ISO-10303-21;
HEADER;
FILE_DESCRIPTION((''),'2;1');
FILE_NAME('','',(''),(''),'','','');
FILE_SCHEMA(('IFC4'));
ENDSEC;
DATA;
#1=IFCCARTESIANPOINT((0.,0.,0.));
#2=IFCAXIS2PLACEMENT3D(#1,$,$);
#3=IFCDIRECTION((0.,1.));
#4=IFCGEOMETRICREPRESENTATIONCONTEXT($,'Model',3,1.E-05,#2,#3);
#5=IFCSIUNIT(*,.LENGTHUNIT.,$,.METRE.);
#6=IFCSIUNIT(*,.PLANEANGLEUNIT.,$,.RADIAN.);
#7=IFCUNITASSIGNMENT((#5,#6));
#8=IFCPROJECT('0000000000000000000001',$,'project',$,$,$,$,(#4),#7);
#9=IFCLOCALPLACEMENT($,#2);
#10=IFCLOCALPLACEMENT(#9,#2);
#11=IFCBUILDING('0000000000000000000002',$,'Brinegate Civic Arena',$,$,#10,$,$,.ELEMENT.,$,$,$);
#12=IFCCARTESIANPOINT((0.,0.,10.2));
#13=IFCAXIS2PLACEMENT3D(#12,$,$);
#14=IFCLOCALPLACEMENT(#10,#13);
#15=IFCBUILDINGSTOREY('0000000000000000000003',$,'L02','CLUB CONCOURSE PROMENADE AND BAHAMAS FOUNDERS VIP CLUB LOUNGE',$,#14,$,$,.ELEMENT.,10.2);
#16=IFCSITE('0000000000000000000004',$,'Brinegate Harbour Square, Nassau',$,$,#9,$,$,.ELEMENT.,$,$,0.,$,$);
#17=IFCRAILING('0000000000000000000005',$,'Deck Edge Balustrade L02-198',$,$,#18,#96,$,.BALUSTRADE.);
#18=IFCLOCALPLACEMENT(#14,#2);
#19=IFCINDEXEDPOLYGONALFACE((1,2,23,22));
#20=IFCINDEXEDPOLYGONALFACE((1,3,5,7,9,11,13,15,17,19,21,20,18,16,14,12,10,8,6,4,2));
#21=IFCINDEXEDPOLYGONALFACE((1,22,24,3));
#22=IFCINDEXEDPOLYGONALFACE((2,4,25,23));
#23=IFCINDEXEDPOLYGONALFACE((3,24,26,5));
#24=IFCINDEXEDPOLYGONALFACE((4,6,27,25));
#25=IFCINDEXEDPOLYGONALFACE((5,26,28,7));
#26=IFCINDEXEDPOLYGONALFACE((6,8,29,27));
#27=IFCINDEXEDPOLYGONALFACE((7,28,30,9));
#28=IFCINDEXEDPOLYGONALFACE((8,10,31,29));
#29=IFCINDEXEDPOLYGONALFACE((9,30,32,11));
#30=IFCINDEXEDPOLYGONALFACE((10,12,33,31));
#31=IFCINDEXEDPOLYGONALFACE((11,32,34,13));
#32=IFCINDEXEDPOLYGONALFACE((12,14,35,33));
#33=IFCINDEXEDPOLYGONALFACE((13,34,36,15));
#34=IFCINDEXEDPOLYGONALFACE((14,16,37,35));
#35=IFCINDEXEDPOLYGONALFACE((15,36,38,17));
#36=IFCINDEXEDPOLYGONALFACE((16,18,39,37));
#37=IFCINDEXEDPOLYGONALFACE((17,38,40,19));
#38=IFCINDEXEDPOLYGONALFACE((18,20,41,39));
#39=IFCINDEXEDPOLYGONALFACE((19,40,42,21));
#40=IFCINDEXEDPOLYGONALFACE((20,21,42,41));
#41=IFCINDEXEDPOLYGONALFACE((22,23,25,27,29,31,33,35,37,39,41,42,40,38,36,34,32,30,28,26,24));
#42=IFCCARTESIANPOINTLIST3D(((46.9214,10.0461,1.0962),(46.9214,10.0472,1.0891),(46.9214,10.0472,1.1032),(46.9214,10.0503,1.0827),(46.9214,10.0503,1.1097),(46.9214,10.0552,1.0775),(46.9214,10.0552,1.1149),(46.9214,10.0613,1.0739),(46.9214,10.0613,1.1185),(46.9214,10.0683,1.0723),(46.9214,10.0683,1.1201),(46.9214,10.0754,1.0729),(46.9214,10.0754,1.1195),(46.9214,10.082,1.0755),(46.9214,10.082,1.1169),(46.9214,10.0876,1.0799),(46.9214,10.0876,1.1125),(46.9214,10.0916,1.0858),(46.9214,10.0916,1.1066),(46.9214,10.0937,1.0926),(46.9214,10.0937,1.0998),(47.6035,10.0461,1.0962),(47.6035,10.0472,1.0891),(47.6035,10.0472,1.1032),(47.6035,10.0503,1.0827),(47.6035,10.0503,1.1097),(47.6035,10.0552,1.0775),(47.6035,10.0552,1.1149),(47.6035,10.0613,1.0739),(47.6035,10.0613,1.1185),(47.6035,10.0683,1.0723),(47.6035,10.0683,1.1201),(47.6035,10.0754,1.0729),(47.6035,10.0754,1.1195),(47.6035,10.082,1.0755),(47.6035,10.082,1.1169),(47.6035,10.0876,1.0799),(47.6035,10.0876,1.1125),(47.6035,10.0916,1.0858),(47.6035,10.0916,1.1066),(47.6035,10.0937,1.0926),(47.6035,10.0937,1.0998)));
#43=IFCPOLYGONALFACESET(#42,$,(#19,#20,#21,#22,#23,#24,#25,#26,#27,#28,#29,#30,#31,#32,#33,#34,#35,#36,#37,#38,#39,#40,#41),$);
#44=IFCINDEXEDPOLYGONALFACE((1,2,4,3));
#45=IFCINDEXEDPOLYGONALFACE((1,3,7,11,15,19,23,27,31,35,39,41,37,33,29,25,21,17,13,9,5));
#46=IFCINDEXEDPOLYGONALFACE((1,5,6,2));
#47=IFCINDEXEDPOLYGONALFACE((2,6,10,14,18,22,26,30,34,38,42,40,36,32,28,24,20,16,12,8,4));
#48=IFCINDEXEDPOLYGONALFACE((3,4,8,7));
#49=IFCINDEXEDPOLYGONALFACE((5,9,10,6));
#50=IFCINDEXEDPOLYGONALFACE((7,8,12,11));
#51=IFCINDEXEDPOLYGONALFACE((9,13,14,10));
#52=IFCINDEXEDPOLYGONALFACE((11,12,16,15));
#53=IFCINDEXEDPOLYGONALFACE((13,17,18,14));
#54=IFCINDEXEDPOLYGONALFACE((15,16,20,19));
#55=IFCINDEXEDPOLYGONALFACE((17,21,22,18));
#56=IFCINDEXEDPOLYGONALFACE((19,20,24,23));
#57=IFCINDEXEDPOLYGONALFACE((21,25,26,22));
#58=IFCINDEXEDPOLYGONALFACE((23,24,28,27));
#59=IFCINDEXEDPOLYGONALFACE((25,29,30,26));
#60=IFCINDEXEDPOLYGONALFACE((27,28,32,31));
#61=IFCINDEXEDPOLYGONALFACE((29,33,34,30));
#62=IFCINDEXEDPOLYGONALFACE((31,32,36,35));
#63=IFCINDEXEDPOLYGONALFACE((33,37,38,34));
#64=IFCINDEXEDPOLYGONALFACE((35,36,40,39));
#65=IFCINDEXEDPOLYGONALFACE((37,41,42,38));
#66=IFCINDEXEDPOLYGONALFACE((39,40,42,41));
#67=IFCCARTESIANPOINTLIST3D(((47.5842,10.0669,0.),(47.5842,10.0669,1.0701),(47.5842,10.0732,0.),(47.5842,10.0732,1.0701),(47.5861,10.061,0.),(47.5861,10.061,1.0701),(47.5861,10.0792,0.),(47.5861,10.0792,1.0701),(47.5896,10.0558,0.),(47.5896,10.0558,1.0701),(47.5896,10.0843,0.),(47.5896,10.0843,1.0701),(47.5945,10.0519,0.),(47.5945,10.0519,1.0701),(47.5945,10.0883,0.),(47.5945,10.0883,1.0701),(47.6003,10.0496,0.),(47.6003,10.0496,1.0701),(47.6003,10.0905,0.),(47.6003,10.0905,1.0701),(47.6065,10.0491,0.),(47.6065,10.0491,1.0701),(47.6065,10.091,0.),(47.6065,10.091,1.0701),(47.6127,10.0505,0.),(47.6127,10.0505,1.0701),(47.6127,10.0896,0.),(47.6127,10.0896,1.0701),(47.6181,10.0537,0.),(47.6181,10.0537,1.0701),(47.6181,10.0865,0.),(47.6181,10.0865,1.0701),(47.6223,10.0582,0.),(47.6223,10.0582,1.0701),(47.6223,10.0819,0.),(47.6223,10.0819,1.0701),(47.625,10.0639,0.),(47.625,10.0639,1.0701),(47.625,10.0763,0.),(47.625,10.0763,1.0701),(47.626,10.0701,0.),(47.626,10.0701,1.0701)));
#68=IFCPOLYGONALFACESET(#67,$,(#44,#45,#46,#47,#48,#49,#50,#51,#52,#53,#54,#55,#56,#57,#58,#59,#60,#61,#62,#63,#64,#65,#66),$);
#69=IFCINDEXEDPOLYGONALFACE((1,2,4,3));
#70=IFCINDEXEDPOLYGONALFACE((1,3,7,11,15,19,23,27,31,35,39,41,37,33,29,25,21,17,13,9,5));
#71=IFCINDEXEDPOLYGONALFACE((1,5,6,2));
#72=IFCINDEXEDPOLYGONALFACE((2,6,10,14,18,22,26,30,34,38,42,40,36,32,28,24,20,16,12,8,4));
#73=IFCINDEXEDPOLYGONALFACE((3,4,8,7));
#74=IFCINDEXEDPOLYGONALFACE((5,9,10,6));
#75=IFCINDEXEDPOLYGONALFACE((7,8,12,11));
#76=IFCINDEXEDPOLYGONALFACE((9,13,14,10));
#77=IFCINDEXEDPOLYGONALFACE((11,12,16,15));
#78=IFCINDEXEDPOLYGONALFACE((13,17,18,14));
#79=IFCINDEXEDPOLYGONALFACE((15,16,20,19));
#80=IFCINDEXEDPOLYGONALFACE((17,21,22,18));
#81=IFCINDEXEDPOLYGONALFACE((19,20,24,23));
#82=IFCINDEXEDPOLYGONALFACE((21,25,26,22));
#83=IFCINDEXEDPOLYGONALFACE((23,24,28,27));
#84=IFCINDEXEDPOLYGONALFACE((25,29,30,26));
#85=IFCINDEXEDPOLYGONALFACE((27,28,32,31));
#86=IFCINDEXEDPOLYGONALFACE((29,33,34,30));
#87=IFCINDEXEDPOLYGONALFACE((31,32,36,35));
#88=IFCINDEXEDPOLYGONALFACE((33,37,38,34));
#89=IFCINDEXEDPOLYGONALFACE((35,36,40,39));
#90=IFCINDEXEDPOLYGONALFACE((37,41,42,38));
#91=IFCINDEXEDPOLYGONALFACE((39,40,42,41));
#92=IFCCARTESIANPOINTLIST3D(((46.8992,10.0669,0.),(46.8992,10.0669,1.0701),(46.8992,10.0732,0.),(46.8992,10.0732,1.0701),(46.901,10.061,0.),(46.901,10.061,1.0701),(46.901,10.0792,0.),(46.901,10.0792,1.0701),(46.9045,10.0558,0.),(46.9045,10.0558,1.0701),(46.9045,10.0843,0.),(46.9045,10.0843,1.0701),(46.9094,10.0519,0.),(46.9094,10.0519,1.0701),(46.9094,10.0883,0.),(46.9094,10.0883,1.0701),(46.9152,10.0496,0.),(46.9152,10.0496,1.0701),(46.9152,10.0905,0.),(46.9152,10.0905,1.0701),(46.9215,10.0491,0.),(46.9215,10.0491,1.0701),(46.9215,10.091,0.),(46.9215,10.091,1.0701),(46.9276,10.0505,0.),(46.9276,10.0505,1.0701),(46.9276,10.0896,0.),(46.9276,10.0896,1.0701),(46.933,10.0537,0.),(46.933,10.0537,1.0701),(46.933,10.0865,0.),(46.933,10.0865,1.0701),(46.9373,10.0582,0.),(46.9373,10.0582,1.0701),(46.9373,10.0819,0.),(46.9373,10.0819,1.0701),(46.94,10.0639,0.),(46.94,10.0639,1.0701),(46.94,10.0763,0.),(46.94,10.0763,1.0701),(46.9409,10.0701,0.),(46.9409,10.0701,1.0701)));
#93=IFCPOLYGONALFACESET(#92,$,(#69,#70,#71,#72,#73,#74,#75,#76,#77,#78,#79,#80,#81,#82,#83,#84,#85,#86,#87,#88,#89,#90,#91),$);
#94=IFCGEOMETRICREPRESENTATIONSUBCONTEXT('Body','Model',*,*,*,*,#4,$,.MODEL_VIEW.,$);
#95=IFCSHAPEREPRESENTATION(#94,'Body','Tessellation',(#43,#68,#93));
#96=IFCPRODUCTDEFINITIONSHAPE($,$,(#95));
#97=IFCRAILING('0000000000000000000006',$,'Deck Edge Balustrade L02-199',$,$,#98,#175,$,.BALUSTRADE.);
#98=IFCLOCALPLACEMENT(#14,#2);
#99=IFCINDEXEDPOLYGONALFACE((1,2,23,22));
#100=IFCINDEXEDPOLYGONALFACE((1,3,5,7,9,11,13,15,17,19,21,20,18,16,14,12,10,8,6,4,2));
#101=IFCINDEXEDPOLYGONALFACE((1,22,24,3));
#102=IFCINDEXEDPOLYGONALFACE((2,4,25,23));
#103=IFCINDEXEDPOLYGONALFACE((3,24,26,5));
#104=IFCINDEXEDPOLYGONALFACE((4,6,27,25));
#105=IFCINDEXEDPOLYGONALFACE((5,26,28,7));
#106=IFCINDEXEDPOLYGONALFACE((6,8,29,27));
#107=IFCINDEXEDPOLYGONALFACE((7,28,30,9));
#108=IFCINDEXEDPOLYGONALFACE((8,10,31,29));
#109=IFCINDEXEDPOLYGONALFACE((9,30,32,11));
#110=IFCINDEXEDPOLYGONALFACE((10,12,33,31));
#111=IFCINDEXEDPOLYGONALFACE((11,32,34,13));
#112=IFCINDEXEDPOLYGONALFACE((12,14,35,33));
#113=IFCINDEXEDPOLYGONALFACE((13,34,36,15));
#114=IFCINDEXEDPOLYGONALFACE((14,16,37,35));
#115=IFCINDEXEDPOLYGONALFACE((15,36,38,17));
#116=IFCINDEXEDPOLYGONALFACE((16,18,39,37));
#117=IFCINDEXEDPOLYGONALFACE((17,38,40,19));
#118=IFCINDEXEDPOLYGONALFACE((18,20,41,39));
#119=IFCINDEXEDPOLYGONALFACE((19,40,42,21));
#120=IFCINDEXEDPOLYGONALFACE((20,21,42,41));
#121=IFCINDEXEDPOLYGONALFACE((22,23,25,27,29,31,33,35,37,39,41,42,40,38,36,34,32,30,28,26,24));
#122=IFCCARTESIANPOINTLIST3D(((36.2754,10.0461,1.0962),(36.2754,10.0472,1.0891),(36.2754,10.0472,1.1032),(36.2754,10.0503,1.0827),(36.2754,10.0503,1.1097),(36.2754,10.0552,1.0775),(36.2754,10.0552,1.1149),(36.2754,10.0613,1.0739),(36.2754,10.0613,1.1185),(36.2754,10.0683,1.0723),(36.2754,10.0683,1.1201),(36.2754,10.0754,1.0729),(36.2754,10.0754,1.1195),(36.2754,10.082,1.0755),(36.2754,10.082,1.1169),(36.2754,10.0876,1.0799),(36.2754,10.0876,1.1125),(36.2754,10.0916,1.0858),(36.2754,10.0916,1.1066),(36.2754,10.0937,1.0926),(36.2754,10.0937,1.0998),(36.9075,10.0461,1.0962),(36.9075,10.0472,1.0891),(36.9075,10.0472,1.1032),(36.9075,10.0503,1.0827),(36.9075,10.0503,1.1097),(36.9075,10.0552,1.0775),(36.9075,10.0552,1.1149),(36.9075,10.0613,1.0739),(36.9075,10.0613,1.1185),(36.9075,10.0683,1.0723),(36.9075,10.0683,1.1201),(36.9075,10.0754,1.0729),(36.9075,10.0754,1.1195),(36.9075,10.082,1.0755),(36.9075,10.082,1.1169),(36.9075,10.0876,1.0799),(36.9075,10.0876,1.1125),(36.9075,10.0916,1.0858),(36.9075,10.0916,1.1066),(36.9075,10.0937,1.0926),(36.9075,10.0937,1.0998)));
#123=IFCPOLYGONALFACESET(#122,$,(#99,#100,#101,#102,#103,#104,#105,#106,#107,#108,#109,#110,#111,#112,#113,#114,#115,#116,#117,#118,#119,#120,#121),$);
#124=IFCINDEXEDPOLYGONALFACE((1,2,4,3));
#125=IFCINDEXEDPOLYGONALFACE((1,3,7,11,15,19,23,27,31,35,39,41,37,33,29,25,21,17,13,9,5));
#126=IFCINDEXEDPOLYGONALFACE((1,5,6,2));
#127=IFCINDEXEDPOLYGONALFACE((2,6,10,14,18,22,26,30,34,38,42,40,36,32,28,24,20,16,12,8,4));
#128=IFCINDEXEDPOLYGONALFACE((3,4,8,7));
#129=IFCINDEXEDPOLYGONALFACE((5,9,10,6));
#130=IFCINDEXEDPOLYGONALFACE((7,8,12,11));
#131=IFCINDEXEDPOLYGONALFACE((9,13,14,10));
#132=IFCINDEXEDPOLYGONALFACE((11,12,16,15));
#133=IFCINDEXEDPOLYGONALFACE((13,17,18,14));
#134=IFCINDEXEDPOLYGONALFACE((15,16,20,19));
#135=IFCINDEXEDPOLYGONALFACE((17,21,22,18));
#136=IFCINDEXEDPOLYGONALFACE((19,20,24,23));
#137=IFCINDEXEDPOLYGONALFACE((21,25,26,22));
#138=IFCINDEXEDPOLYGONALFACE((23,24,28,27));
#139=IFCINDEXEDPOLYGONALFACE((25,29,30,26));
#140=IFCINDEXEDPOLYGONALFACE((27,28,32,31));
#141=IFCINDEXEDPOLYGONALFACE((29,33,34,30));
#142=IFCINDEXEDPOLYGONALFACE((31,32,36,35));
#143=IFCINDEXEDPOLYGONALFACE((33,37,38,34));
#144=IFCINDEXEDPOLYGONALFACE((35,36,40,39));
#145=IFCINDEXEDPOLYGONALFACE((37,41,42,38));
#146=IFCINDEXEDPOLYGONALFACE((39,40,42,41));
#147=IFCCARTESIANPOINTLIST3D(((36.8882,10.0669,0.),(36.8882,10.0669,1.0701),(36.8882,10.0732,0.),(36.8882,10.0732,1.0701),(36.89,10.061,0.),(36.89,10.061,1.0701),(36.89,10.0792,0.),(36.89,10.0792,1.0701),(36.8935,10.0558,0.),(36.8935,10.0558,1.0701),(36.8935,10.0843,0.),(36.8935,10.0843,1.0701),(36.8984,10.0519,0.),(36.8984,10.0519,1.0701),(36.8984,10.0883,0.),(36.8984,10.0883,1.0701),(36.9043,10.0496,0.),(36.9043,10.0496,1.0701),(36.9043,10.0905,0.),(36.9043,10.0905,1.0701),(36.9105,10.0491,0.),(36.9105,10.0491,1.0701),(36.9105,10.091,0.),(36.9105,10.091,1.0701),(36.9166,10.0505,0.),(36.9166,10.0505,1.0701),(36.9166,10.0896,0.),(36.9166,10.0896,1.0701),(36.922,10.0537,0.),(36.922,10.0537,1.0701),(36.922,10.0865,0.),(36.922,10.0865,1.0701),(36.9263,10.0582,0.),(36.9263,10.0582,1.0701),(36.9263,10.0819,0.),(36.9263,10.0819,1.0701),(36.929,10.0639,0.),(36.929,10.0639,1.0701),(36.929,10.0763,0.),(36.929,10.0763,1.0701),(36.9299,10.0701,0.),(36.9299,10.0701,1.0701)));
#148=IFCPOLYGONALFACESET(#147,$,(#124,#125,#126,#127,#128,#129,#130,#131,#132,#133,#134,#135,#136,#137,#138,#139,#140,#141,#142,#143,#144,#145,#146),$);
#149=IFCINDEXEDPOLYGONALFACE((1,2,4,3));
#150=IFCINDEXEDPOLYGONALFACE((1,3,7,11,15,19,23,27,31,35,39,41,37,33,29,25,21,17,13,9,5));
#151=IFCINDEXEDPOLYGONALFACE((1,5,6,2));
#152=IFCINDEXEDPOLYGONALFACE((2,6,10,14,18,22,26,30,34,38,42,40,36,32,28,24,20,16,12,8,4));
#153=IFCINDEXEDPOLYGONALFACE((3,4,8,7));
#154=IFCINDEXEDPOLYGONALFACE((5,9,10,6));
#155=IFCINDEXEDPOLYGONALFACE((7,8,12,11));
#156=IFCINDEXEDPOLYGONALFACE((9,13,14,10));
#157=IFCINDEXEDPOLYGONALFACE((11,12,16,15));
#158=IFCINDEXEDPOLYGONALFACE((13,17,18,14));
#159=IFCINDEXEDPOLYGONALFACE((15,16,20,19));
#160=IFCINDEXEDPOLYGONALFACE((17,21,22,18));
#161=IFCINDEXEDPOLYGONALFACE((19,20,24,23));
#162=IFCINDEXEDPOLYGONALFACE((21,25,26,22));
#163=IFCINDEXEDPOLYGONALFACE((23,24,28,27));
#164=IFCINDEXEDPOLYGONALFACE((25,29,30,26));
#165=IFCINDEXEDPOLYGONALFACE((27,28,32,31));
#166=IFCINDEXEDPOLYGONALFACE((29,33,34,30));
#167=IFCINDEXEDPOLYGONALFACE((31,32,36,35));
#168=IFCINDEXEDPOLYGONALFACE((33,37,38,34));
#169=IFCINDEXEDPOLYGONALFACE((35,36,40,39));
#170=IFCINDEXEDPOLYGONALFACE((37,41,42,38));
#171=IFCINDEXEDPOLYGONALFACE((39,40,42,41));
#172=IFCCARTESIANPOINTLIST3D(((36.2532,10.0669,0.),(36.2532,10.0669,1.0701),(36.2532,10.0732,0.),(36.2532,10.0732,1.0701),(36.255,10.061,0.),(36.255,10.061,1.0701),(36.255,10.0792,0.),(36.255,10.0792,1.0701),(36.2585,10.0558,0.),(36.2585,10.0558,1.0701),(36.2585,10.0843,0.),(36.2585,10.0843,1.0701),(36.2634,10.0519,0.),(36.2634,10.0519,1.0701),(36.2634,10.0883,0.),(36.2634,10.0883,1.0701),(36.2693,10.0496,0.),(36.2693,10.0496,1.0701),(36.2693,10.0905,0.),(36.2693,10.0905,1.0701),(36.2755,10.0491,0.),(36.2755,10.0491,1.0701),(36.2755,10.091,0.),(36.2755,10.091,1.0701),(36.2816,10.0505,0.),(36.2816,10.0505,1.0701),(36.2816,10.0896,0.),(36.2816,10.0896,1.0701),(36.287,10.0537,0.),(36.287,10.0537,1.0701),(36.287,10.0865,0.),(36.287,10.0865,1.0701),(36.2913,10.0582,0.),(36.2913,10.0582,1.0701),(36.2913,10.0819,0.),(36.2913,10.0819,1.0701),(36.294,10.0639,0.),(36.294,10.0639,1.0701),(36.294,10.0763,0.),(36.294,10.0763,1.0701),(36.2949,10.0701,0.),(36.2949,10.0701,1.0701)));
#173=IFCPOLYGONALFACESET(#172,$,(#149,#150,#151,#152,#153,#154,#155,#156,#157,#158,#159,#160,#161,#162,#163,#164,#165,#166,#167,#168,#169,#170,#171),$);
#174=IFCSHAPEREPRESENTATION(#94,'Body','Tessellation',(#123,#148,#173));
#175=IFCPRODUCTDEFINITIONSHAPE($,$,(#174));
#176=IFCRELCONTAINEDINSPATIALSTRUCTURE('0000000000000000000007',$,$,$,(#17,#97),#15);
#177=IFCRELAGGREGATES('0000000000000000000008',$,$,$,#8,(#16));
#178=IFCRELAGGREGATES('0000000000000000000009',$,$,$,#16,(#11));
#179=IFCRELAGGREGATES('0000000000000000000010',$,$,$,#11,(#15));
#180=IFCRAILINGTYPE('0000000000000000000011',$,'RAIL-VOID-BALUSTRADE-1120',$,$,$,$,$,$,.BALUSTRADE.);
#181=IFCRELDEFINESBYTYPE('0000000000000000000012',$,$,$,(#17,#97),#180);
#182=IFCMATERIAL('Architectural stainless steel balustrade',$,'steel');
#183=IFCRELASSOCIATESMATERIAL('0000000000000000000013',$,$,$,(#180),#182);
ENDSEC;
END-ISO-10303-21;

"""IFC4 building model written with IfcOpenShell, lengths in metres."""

from ifc_helpers import new_model, si_unit, direction, frame, origin, origin_2d, place, context, subcontext, project, spatial, circle, extrude, material, type_object, element, save


model = new_model("IFC4")

# Units and contexts
model_context = context("Model", 3, precision=1e-05, world=origin(), true_north=direction((0.0, 1.0)))
body_context = subcontext(model_context, "Body", "Model", "MODEL_VIEW")
ifc_project = project(units=[si_unit("LENGTHUNIT", "METRE"), si_unit("PLANEANGLEUNIT", "RADIAN")], contexts=[model_context])

# Site, building, storey
site_placement = place(None, origin())
site = spatial("IfcSite", under=ifc_project, at=site_placement, Name="Brinegate Harbour Square, Nassau", CompositionType="ELEMENT", RefElevation=0.0)
building_placement = place(site_placement, origin())
building = spatial("IfcBuilding", under=site, at=building_placement, Name="Brinegate Civic Arena", CompositionType="ELEMENT")
storey_placement = place(building_placement, frame((0.0, 0.0, 10.2)))
storey = spatial("IfcBuildingStorey", under=building, at=storey_placement, Name="L02", Description="CLUB CONCOURSE PROMENADE AND BAHAMAS FOUNDERS VIP CLUB LOUNGE", CompositionType="ELEMENT", Elevation=10.2)

# Railings
ifc_material_1 = material(Name="Architectural stainless steel balustrade", Category="steel")
railing_type = type_object("IfcRailingType", Name="RAIL-VOID-BALUSTRADE-1120", PredefinedType="BALUSTRADE", material=ifc_material_1)
railing_1_placement = place(storey_placement, frame((47.605, 10.0701, 0.0)))
element("IfcRailing", 1, at=railing_1_placement, inside=storey, type_object=railing_type, Name="Deck Edge Balustrade L02-198", PredefinedType="BALUSTRADE", context=body_context, shape_type="SweptSolid", body=[
    extrude(circle(Radius=0.0239, at=origin_2d()), frame((-0.0015, 0.0, 1.0962), z_axis=(-1.0, 0.0, 0.0), x_axis=(0.0, -1.0, 0.0)), (0.0, 0.0, 1.0), 0.6821),
    extrude(circle(Radius=0.021, at=origin_2d()), origin(), (0.0, 0.0, 1.0), 1.0701),
    extrude(circle(Radius=0.021, at=origin_2d()), frame((-0.6851, 0.0, 0.0)), (0.0, 0.0, 1.0), 1.0701),
])
for number, where, name in (
    (2, (36.9089, 10.0701, 0.0), "Deck Edge Balustrade L02-199"),
):
    element("IfcRailing", number, at=place(storey_placement, frame(where)), inside=storey, type_object=railing_type, Name=name, PredefinedType="BALUSTRADE", context=body_context, shape_type="SweptSolid", body=[
        extrude(circle(Radius=0.0239, at=origin_2d()), frame((-0.0015, 0.0, 1.0962), z_axis=(-1.0, 0.0, 0.0), x_axis=(0.0, -1.0, 0.0)), (0.0, 0.0, 1.0), 0.6321),
        extrude(circle(Radius=0.021, at=origin_2d()), origin(), (0.0, 0.0, 1.0), 1.0701),
        extrude(circle(Radius=0.021, at=origin_2d()), frame((-0.635, 0.0, 0.0)), (0.0, 0.0, 1.0), 1.0701),
    ])

save(model, "model.ifc")
